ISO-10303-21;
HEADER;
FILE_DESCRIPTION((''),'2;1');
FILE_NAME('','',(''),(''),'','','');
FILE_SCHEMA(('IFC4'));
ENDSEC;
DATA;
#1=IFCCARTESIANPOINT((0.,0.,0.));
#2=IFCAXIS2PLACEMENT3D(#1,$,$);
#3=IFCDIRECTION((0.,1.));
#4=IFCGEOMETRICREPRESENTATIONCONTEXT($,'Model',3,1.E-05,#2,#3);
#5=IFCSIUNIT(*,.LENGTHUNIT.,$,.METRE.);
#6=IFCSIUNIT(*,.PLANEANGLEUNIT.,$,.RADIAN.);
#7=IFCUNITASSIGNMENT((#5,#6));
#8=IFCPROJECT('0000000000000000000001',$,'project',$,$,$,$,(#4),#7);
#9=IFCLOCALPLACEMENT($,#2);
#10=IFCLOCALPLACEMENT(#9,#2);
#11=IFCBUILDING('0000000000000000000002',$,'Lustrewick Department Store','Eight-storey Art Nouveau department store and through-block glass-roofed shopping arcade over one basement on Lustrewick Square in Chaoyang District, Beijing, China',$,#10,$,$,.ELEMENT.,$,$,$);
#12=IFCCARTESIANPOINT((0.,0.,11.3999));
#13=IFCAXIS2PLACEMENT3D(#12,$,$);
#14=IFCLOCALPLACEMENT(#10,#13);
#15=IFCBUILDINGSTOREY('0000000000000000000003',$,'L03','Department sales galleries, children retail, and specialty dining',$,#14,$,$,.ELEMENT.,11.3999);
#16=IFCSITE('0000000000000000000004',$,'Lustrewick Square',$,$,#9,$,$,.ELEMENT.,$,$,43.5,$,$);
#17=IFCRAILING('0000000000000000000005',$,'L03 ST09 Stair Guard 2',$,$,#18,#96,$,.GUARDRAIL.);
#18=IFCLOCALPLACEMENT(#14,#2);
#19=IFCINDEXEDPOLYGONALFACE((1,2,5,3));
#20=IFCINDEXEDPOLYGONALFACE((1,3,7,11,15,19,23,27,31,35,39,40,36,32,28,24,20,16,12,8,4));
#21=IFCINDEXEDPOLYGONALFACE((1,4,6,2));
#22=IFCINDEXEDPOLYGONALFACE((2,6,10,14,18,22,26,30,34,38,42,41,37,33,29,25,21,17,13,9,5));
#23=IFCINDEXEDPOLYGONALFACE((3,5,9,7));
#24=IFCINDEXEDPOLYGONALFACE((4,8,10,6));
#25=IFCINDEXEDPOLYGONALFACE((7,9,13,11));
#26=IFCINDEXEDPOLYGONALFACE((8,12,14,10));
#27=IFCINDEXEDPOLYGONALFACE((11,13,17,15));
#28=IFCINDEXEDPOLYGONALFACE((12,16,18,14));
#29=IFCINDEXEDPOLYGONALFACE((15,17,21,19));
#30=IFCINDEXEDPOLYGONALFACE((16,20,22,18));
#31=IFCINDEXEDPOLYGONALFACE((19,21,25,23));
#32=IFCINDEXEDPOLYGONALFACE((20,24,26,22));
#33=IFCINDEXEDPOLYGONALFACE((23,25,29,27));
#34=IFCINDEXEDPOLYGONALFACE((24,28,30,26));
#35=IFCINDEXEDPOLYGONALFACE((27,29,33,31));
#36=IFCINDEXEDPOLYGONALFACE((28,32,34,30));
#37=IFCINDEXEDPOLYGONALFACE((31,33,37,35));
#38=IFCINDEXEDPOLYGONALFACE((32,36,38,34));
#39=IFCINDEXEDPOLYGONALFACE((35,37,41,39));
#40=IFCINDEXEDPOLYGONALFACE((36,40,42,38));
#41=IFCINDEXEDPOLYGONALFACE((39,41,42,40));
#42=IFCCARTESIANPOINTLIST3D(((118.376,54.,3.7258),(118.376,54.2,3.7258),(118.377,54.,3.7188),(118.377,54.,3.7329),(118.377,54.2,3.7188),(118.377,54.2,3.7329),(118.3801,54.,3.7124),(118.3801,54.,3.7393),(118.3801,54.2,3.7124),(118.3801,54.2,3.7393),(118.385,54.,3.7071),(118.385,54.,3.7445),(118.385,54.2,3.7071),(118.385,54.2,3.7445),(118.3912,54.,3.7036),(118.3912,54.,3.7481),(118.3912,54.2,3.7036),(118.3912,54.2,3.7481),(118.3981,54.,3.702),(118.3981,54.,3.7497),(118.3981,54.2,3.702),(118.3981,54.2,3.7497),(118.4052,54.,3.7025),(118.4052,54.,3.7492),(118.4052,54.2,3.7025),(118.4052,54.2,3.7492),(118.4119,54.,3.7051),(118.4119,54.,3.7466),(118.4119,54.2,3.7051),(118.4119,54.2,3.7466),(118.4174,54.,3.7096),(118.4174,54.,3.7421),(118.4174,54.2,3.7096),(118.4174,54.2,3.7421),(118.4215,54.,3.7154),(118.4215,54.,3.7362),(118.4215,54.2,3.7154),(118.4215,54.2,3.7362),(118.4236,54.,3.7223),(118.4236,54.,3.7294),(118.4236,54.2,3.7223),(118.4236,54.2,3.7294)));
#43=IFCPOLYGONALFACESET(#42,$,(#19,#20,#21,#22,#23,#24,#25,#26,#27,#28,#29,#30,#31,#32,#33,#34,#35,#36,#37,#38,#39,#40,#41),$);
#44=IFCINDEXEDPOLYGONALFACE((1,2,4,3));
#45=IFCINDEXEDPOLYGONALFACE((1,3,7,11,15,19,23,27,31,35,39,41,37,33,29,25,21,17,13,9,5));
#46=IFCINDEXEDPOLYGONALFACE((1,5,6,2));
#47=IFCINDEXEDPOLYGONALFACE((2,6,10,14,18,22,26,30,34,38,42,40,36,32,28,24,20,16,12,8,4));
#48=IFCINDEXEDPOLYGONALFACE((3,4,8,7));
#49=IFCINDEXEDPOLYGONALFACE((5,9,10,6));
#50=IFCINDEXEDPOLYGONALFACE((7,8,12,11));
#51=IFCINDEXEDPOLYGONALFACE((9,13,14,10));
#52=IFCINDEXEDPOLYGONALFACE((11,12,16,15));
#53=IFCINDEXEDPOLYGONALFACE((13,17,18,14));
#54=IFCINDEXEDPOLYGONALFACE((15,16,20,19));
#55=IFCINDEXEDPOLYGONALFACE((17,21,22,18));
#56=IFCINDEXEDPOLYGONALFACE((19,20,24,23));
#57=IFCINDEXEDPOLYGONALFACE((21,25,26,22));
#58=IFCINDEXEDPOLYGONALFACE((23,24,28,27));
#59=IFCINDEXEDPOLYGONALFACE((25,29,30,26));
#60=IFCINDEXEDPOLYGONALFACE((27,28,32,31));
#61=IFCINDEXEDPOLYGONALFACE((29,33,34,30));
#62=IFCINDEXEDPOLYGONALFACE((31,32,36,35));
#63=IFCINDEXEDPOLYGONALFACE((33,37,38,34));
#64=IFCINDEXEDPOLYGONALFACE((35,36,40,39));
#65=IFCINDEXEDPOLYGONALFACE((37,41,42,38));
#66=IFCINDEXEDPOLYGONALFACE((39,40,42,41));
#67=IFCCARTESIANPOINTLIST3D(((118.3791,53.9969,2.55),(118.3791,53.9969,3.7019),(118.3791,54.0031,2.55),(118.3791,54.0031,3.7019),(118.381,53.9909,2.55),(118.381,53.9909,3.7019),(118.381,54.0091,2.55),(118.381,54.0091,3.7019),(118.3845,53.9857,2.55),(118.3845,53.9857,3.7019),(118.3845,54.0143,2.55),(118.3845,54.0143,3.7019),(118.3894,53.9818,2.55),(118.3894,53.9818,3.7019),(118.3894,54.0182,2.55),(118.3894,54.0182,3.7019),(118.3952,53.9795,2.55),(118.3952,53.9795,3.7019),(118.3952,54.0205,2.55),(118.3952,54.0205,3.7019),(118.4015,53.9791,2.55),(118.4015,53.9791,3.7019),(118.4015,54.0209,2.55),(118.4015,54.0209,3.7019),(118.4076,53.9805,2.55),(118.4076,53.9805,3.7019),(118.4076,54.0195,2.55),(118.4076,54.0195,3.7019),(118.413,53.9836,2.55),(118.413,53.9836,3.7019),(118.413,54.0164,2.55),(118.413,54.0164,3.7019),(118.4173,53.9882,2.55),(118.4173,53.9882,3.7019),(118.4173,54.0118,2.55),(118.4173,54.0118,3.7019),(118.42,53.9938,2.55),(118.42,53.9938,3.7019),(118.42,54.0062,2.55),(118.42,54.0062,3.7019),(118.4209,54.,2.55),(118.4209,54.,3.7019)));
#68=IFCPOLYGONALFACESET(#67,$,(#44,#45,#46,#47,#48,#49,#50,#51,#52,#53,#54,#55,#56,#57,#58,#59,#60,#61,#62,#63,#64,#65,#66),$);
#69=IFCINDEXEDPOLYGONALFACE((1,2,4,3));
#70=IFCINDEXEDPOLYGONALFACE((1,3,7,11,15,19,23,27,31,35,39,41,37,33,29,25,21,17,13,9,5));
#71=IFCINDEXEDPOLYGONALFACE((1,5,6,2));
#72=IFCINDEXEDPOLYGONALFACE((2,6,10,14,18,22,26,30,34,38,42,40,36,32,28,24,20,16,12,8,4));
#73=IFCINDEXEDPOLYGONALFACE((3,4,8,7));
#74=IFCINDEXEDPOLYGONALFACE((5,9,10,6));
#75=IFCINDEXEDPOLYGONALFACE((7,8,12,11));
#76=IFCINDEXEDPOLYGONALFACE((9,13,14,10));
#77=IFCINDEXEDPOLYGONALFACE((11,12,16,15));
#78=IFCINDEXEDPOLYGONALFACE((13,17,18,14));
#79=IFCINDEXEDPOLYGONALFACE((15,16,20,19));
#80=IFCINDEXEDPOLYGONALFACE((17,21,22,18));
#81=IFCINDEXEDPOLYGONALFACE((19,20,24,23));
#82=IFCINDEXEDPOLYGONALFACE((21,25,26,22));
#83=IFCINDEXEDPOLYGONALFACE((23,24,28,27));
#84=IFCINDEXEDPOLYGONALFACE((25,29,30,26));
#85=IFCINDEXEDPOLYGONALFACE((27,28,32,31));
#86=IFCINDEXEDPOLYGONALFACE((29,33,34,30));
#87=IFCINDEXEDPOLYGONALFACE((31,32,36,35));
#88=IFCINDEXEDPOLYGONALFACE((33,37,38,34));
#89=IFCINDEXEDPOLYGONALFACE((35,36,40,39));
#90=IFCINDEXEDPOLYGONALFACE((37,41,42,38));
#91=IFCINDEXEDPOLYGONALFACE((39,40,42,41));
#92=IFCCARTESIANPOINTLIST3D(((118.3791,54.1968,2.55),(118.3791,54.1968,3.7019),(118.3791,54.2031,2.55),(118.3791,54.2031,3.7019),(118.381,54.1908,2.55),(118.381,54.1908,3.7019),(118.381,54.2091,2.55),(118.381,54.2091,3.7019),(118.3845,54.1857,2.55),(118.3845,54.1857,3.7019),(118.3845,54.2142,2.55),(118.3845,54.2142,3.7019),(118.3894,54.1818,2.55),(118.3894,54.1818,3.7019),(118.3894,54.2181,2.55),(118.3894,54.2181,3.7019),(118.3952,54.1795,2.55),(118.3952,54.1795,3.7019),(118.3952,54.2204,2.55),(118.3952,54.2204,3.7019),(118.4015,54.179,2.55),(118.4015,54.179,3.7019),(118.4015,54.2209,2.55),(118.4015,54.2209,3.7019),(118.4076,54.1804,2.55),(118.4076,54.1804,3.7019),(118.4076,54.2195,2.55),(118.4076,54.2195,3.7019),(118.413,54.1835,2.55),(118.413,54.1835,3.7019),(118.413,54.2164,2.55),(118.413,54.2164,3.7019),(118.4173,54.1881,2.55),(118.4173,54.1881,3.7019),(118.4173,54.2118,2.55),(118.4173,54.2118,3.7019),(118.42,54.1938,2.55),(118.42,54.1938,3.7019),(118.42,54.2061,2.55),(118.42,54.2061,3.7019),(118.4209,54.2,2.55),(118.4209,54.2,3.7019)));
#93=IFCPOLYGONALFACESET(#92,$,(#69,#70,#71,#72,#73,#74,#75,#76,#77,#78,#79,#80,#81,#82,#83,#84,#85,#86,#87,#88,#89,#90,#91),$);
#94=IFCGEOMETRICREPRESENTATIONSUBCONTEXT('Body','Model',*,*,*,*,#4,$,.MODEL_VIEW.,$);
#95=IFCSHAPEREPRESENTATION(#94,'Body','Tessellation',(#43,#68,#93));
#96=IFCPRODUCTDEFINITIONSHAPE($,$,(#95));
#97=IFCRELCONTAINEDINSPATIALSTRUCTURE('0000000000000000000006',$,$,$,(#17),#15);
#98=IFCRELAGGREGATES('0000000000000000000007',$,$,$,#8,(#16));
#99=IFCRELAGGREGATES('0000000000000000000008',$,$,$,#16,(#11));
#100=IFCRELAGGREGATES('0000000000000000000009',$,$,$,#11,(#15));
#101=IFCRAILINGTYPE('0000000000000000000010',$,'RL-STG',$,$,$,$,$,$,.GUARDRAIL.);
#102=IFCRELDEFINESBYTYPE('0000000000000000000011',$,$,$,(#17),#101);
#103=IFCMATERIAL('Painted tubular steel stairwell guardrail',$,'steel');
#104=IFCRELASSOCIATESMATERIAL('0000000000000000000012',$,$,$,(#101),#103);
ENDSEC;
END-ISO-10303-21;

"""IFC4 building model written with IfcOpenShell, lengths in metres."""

from ifc_helpers import new_model, si_unit, direction, frame, origin, origin_2d, place, context, subcontext, project, spatial, circle, extrude, material, type_object, element, save


model = new_model("IFC4")

# Units and contexts
model_context = context("Model", 3, precision=1e-05, world=origin(), true_north=direction((0.0, 1.0)))
body_context = subcontext(model_context, "Body", "Model", "MODEL_VIEW")
ifc_project = project(units=[si_unit("LENGTHUNIT", "METRE"), si_unit("PLANEANGLEUNIT", "RADIAN")], contexts=[model_context])

# Site, building, storey
site_placement = place(None, origin())
site = spatial("IfcSite", under=ifc_project, at=site_placement, Name="Lustrewick Square", CompositionType="ELEMENT", RefElevation=43.5)
building_placement = place(site_placement, origin())
building = spatial("IfcBuilding", under=site, at=building_placement, Name="Lustrewick Department Store", Description="Eight-storey Art Nouveau department store and through-block glass-roofed shopping arcade over one basement on Lustrewick Square in Chaoyang District, Beijing, China", CompositionType="ELEMENT")
storey_placement = place(building_placement, frame((0.0, 0.0, 11.3999)))
storey = spatial("IfcBuildingStorey", under=building, at=storey_placement, Name="L03", Description="Department sales galleries, children retail, and specialty dining", CompositionType="ELEMENT", Elevation=11.3999)

# Railing
ifc_material_1 = material(Name="Painted tubular steel stairwell guardrail", Category="steel")
railing_type_1 = type_object("IfcRailingType", Name="RL-STG", PredefinedType="GUARDRAIL", material=ifc_material_1)
railing_1_placement = place(storey_placement, frame((118.3999, 54.0, 2.55)))
element("IfcRailing", 1, at=railing_1_placement, inside=storey, type_object=railing_type_1, Name="L03 ST09 Stair Guard 2", PredefinedType="GUARDRAIL", context=body_context, shape_type="SweptSolid", body=[
    extrude(circle(Radius=0.0239, at=origin_2d()), frame((0.0, 0.0, 1.1758), z_axis=(0.0, 1.0, 0.0), x_axis=(-1.0, 0.0, 0.0)), (0.0, 0.0, 1.0), 0.2),
    extrude(circle(Radius=0.021, at=origin_2d()), origin(), (0.0, 0.0, 1.0), 1.1519),
    extrude(circle(Radius=0.021, at=origin_2d()), frame((0.0, 0.2, 0.0)), (0.0, 0.0, 1.0), 1.1519),
])

save(model, "model.ifc")
